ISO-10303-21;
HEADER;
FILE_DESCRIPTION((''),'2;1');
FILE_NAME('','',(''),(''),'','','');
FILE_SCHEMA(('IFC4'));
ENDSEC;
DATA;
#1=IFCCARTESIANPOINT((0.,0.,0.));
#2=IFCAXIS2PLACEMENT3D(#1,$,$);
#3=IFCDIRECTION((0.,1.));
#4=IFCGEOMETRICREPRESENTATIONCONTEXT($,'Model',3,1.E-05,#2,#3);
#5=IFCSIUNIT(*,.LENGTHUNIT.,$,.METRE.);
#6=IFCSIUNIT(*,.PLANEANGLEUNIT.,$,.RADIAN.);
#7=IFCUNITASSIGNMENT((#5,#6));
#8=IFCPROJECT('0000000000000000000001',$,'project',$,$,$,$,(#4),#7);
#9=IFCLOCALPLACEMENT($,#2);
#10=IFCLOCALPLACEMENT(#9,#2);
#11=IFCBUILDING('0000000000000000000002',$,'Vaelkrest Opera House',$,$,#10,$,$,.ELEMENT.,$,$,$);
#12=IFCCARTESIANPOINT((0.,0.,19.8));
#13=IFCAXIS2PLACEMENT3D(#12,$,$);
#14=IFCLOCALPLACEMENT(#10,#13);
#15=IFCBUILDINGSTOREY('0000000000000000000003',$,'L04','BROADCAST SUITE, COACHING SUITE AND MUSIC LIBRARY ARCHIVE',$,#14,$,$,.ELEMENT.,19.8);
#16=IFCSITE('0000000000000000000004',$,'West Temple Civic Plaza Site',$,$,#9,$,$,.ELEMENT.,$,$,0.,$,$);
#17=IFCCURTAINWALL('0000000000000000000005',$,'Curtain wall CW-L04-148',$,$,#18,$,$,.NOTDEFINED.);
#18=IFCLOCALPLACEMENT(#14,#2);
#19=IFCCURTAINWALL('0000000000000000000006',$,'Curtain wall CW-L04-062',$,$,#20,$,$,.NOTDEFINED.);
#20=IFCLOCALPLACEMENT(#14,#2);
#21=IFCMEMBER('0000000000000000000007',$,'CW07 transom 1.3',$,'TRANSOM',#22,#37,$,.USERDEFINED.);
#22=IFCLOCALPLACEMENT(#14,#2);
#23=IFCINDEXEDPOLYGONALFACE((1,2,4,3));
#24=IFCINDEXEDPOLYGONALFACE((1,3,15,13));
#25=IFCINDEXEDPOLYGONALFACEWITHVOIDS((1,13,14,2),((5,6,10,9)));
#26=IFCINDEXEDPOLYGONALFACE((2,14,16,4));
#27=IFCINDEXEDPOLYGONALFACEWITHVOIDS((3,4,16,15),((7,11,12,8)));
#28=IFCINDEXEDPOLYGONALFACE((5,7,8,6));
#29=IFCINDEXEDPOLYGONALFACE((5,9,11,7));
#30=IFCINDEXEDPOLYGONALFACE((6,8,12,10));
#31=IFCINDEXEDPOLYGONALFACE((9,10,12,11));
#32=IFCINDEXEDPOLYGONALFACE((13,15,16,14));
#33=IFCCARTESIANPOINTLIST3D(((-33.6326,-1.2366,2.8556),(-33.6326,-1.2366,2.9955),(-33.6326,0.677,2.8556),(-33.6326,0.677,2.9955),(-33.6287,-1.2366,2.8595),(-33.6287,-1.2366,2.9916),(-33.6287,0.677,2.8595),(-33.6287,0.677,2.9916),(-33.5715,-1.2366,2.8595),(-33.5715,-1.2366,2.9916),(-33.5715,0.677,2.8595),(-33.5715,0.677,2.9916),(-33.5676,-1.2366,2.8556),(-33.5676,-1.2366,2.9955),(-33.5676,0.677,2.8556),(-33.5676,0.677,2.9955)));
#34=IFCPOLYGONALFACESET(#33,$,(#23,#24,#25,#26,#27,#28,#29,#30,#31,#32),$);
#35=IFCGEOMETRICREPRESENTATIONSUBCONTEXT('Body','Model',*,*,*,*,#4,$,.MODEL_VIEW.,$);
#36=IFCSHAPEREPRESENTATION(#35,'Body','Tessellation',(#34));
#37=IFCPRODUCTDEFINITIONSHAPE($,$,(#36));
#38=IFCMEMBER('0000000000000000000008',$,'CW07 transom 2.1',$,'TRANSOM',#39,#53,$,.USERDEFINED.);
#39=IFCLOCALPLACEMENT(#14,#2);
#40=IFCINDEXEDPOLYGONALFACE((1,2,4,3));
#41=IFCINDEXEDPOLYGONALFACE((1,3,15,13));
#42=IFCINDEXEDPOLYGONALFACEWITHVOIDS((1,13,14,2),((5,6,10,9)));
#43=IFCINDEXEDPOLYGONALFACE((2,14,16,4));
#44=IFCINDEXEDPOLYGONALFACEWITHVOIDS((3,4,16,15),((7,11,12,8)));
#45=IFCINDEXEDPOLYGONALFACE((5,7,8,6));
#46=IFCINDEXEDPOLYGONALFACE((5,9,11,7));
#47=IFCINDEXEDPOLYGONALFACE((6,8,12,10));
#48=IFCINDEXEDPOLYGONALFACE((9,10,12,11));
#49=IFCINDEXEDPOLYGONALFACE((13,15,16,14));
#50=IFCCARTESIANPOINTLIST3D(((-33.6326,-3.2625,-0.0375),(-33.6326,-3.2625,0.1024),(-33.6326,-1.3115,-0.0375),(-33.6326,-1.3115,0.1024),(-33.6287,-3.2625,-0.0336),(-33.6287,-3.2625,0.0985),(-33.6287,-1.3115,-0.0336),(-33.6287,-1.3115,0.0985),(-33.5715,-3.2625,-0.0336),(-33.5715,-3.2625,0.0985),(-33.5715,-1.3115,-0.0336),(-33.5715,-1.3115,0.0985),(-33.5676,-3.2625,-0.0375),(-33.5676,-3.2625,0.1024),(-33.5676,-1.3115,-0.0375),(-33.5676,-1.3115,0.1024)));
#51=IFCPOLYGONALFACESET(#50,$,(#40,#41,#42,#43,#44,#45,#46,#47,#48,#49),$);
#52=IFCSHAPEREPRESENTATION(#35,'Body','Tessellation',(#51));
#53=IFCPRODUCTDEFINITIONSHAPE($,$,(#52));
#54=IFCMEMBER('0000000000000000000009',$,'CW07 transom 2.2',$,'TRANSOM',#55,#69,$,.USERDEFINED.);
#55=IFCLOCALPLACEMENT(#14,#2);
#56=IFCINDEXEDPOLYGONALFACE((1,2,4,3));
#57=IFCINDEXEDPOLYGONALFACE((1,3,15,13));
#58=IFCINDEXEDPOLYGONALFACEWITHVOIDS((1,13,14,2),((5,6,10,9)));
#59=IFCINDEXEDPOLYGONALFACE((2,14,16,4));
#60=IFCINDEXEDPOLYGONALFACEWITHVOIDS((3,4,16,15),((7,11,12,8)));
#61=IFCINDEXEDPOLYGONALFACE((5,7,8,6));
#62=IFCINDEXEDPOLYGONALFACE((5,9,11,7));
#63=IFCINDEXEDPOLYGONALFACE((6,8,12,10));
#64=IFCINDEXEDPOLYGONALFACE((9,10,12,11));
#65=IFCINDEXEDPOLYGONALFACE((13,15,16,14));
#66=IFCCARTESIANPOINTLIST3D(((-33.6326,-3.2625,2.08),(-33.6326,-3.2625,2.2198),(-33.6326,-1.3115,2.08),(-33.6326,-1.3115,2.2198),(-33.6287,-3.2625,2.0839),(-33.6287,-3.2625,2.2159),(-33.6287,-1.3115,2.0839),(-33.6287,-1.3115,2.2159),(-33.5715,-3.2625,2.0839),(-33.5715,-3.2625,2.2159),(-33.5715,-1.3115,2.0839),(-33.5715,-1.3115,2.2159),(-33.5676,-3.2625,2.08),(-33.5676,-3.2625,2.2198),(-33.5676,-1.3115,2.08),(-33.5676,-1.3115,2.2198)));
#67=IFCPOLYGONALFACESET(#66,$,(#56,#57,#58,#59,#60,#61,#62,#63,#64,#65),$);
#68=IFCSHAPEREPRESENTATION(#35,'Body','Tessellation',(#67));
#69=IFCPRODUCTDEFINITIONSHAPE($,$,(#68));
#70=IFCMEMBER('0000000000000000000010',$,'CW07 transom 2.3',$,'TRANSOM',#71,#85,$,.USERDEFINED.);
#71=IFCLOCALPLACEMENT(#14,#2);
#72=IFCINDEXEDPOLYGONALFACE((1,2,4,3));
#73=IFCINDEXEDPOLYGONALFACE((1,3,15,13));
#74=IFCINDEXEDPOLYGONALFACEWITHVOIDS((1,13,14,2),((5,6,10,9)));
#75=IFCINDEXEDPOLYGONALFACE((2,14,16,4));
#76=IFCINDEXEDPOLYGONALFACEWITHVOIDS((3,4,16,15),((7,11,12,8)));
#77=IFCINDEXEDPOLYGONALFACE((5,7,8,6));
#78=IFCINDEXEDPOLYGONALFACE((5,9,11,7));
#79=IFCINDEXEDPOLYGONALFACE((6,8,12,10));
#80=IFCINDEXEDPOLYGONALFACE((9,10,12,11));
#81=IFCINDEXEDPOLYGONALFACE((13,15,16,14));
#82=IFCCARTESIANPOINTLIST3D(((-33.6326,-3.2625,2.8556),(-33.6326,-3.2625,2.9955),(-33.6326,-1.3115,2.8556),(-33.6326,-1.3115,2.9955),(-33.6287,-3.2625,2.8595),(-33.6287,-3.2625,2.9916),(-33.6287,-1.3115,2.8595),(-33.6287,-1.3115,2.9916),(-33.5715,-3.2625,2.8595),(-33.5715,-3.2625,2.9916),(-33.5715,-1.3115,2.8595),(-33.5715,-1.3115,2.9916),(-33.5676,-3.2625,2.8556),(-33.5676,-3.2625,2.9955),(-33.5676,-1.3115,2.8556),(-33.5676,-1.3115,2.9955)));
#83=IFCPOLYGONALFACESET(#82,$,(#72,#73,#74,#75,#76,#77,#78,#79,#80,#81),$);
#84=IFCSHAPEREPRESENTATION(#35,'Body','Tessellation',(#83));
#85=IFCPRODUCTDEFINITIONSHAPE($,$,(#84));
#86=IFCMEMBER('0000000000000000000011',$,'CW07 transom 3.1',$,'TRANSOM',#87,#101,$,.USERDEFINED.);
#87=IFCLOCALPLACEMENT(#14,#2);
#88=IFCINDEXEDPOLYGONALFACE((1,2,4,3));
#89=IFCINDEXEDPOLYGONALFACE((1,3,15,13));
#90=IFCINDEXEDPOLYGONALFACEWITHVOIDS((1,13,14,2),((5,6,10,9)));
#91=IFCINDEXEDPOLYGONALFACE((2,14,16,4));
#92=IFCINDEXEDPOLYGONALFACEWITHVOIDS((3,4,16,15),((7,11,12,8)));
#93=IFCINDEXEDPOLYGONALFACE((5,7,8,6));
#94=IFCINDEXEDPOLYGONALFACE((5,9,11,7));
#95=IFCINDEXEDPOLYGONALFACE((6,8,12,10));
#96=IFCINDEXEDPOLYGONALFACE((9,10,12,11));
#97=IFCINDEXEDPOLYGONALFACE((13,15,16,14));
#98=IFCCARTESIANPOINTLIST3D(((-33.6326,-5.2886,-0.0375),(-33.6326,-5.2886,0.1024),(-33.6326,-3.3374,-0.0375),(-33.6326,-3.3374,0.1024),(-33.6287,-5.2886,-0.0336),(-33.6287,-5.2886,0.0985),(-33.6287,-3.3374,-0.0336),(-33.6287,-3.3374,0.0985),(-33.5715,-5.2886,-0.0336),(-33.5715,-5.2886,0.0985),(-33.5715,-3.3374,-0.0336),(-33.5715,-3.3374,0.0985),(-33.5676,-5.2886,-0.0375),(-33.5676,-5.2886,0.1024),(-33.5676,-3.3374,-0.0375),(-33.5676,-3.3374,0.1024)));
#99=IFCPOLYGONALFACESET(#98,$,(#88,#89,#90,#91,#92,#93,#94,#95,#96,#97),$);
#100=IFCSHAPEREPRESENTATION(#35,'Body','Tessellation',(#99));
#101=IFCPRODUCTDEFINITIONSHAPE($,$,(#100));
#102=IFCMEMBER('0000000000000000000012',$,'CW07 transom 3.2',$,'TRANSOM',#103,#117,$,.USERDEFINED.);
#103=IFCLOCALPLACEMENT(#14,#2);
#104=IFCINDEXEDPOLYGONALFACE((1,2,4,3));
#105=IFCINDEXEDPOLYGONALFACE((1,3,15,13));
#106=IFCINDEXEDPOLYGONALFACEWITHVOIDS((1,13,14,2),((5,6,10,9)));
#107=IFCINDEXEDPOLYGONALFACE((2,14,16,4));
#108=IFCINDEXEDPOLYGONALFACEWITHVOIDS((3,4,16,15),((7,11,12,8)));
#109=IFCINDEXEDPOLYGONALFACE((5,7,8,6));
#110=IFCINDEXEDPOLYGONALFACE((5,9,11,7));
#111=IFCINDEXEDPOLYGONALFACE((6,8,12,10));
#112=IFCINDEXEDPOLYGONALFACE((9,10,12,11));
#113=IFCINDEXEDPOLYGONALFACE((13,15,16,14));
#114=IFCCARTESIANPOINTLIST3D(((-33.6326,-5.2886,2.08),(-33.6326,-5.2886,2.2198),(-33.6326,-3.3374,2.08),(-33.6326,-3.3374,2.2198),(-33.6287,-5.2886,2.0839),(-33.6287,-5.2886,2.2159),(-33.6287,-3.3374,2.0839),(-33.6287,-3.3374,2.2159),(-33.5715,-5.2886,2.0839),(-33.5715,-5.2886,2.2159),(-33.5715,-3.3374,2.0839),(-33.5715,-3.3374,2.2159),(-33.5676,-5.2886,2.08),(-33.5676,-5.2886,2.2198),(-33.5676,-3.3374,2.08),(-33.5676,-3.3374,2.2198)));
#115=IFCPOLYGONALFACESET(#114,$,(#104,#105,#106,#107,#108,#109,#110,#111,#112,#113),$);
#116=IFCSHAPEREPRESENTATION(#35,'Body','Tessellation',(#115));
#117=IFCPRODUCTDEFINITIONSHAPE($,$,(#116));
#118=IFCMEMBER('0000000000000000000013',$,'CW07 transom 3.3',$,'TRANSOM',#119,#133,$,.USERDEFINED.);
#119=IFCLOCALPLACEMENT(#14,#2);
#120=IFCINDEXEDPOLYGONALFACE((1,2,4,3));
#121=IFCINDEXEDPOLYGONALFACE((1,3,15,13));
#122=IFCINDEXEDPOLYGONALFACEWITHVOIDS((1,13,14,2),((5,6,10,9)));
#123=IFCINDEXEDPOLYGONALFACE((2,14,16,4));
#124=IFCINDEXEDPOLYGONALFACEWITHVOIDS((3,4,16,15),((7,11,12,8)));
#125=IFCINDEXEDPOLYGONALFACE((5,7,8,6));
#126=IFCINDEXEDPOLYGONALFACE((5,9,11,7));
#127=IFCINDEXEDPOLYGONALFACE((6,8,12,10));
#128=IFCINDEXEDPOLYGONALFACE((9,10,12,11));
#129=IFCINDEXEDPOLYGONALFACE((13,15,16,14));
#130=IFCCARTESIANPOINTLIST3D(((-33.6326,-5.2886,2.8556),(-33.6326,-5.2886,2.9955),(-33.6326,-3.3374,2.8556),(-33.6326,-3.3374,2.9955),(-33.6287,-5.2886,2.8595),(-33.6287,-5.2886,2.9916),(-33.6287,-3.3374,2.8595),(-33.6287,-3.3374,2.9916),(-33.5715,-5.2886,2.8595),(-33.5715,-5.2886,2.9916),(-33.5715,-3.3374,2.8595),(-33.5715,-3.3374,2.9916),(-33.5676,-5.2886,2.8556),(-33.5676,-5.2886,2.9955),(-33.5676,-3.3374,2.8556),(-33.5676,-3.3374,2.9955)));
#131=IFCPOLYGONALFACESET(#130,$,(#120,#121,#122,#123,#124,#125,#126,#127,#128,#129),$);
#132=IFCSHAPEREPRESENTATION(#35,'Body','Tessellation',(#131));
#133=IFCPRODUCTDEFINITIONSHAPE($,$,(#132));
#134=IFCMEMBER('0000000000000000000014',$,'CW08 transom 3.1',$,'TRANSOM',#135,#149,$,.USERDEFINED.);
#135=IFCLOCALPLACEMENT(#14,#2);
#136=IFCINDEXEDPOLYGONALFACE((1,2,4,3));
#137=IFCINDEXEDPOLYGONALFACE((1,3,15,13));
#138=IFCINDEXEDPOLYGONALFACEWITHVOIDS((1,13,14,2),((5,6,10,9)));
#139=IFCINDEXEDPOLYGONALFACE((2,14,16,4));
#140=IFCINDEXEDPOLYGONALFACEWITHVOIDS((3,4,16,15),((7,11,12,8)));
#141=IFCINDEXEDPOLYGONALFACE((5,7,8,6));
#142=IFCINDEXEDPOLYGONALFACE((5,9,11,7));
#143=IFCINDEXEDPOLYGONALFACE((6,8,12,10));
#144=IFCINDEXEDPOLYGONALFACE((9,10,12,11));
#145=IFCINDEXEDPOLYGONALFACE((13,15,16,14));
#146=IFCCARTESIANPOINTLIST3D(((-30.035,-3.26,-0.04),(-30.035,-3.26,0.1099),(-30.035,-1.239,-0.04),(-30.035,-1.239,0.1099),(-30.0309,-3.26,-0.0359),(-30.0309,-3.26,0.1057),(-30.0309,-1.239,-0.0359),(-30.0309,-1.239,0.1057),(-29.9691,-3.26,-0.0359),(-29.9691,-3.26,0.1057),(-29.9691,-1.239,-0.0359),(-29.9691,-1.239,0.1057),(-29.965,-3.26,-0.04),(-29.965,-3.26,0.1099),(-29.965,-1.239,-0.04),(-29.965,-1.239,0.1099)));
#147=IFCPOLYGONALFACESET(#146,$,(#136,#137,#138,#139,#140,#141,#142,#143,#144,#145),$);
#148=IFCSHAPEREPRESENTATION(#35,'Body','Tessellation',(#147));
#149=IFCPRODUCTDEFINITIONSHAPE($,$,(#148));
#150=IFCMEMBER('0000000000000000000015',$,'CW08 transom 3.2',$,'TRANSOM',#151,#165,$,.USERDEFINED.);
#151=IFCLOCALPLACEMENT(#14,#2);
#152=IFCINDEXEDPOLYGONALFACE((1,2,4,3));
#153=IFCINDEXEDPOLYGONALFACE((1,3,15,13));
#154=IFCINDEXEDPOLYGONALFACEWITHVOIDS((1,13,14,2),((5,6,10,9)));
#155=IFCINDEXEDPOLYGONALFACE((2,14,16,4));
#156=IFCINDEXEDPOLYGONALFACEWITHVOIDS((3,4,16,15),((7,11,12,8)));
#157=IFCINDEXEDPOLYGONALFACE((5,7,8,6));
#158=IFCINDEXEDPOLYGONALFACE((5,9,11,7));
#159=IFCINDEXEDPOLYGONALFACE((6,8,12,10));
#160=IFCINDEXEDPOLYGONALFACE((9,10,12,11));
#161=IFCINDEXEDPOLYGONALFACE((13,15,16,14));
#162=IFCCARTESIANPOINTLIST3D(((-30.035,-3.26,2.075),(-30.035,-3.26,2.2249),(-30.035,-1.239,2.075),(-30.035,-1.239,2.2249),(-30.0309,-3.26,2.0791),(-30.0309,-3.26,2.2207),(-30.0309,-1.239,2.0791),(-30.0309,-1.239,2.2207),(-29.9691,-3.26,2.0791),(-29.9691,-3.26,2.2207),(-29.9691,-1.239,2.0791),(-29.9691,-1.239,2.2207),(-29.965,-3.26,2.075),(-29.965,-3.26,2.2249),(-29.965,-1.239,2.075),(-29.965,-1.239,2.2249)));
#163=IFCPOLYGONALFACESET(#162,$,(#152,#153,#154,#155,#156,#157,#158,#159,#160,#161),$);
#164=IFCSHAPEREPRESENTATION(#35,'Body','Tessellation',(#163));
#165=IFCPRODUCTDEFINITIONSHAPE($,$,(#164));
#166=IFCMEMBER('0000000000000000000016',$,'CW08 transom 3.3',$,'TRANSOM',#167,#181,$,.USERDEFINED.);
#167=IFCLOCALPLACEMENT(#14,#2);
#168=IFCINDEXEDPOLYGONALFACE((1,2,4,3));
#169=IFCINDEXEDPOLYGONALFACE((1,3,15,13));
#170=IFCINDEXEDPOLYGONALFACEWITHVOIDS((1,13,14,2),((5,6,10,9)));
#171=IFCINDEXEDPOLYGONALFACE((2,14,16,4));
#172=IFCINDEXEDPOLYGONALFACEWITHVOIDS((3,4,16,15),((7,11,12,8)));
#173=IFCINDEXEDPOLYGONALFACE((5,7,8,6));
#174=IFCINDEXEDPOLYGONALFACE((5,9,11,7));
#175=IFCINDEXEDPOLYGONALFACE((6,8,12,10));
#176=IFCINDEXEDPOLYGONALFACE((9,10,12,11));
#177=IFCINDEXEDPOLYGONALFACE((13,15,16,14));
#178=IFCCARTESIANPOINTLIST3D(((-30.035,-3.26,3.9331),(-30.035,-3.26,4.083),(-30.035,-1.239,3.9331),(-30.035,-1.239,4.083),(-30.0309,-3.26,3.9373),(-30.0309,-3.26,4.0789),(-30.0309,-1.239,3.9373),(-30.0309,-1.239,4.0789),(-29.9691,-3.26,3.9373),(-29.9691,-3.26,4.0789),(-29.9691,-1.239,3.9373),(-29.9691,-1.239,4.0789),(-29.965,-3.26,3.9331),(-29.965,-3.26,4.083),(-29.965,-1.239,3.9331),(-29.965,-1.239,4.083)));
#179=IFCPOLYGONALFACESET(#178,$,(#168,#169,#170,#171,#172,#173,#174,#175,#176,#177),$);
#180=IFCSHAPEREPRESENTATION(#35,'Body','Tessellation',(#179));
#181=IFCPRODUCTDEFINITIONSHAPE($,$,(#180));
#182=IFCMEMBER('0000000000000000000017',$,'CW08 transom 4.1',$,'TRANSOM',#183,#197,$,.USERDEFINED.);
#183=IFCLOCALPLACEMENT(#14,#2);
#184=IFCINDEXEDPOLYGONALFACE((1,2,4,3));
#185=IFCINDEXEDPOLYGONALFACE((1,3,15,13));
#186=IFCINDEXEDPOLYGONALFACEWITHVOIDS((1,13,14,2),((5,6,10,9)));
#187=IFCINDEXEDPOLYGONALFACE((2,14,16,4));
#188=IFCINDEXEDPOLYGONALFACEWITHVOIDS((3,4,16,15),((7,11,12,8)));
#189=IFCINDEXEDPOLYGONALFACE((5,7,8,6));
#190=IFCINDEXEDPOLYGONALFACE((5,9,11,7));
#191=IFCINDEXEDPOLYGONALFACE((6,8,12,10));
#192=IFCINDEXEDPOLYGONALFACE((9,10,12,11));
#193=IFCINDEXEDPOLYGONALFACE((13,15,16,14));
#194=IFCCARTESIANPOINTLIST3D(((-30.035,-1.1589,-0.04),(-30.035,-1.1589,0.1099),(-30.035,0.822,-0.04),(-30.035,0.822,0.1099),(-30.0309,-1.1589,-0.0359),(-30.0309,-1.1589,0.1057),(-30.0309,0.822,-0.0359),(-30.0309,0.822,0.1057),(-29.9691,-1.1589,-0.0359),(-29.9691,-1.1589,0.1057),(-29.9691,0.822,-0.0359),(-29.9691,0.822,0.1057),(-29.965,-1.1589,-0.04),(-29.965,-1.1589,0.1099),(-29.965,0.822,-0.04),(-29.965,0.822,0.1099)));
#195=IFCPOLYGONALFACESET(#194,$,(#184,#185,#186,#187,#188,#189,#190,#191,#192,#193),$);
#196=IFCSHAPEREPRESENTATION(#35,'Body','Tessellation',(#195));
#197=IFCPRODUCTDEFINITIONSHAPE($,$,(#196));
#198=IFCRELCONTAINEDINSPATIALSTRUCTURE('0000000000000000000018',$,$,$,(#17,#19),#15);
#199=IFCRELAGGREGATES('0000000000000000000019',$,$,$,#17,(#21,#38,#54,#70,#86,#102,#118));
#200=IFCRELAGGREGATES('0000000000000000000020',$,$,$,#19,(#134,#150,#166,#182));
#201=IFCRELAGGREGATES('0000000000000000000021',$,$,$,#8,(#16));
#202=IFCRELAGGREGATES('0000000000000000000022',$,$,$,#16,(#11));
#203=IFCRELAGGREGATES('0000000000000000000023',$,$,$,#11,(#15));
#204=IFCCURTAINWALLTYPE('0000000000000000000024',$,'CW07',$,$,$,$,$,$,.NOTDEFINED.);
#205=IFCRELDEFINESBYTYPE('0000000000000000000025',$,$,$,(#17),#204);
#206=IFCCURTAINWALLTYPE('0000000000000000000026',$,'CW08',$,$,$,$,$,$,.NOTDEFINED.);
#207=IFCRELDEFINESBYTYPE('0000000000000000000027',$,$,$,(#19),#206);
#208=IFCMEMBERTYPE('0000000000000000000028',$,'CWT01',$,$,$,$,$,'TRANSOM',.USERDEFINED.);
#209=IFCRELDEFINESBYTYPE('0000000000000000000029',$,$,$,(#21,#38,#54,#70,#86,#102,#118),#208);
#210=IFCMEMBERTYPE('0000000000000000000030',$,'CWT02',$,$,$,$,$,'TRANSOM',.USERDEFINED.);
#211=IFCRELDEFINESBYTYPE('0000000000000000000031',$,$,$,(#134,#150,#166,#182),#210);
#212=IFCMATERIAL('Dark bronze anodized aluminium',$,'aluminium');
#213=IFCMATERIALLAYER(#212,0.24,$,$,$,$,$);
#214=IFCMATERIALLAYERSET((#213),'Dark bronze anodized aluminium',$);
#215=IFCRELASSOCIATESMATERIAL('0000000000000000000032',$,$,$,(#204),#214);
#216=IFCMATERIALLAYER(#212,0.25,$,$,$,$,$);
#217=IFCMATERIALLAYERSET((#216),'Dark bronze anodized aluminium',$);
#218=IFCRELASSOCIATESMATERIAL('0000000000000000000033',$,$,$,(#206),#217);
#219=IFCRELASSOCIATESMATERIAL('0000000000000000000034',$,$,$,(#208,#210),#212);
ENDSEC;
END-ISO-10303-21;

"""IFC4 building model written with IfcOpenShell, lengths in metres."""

from ifc_helpers import new_model, si_unit, direction, frame, origin, origin_2d, place, context, subcontext, project, spatial, hollow_rectangle, extrude, material, layer, layer_set, material_profile, profile_set, type_object, element, aggregate, save


model = new_model("IFC4")

# Units and contexts
model_context = context("Model", 3, precision=1e-05, world=origin(), true_north=direction((0.0, 1.0)))
body_context = subcontext(model_context, "Body", "Model", "MODEL_VIEW")
ifc_project = project(units=[si_unit("LENGTHUNIT", "METRE"), si_unit("PLANEANGLEUNIT", "RADIAN")], contexts=[model_context])

# Site, building, storey
site_placement = place(None, origin())
site = spatial("IfcSite", under=ifc_project, at=site_placement, Name="West Temple Civic Plaza Site", CompositionType="ELEMENT", RefElevation=0.0)
building_placement = place(site_placement, origin())
building = spatial("IfcBuilding", under=site, at=building_placement, Name="Vaelkrest Opera House", CompositionType="ELEMENT")
storey_placement = place(building_placement, frame((0.0, 0.0, 19.8)))
storey = spatial("IfcBuildingStorey", under=building, at=storey_placement, Name="L04", Description="BROADCAST SUITE, COACHING SUITE AND MUSIC LIBRARY ARCHIVE", CompositionType="ELEMENT", Elevation=19.8)

# Curtain walls
ifc_material_1 = material(Name="Dark bronze anodized aluminium", Category="aluminium")
ifc_layer_1 = layer(ifc_material_1, 0.24)
ifc_layer_set_1 = layer_set([ifc_layer_1], Name="Dark bronze anodized aluminium")
curtain_wall_type_1 = type_object("IfcCurtainWallType", Name="CW07", PredefinedType="NOTDEFINED", material=ifc_layer_set_1)
curtain_wall_1_placement = place(storey_placement, origin())
curtain_wall_1 = element("IfcCurtainWall", 1, at=curtain_wall_1_placement, inside=storey, type_object=curtain_wall_type_1, Name="Curtain wall CW-L04-148", PredefinedType="NOTDEFINED")
ifc_layer_2 = layer(ifc_material_1, 0.25)
ifc_layer_set_2 = layer_set([ifc_layer_2], Name="Dark bronze anodized aluminium")
curtain_wall_type_2 = type_object("IfcCurtainWallType", Name="CW08", PredefinedType="NOTDEFINED", material=ifc_layer_set_2)
curtain_wall_2_placement = place(storey_placement, origin())
curtain_wall_2 = element("IfcCurtainWall", 2, at=curtain_wall_2_placement, inside=storey, type_object=curtain_wall_type_2, Name="Curtain wall CW-L04-062", PredefinedType="NOTDEFINED")

# Members
ifc_material_profile_1 = material_profile(ifc_material_1, hollow_rectangle(XDim=0.0649, YDim=0.1399, WallThickness=0.0039, at=origin_2d()), Name="CWT65X140")
ifc_profile_set_1 = profile_set([ifc_material_profile_1], Name="Dark bronze anodized aluminium")
member_type_1 = type_object("IfcMemberType", Name="CWT01", ElementType="TRANSOM", PredefinedType="USERDEFINED", material=ifc_profile_set_1)
member_1_placement = place(storey_placement, frame((-33.6001, 0.677, 2.9255), z_axis=(0.0, -1.0, 0.0), x_axis=(1.0, 0.0, 0.0)))
member_1 = element("IfcMember", 3, at=member_1_placement, type_object=member_type_1, Name="CW07 transom 1.3", ObjectType="TRANSOM", PredefinedType="USERDEFINED", context=body_context, shape_type="SweptSolid", body=[
    extrude(hollow_rectangle(XDim=0.0649, YDim=0.1399, WallThickness=0.0039, at=origin_2d()), origin(), (0.0, 0.0, 1.0), 1.9136),
])
member_2_placement = place(storey_placement, frame((-33.6001, -1.3115, 0.0325), z_axis=(0.0, -1.0, 0.0), x_axis=(1.0, 0.0, 0.0)))
member_2 = element("IfcMember", 4, at=member_2_placement, type_object=member_type_1, Name="CW07 transom 2.1", ObjectType="TRANSOM", PredefinedType="USERDEFINED", context=body_context, shape_type="SweptSolid", body=[
    extrude(hollow_rectangle(XDim=0.0649, YDim=0.1399, WallThickness=0.0039, at=origin_2d()), origin(), (0.0, 0.0, 1.0), 1.9509),
])
member_3_placement = place(storey_placement, frame((-33.6001, -1.3115, 2.1499), z_axis=(0.0, -1.0, 0.0), x_axis=(1.0, 0.0, 0.0)))
member_3 = element("IfcMember", 5, at=member_3_placement, type_object=member_type_1, Name="CW07 transom 2.2", ObjectType="TRANSOM", PredefinedType="USERDEFINED", context=body_context, shape_type="SweptSolid", body=[
    extrude(hollow_rectangle(XDim=0.0649, YDim=0.1399, WallThickness=0.0039, at=origin_2d()), origin(), (0.0, 0.0, 1.0), 1.9509),
])
member_4_placement = place(storey_placement, frame((-33.6001, -1.3115, 2.9255), z_axis=(0.0, -1.0, 0.0), x_axis=(1.0, 0.0, 0.0)))
member_4 = element("IfcMember", 6, at=member_4_placement, type_object=member_type_1, Name="CW07 transom 2.3", ObjectType="TRANSOM", PredefinedType="USERDEFINED", context=body_context, shape_type="SweptSolid", body=[
    extrude(hollow_rectangle(XDim=0.0649, YDim=0.1399, WallThickness=0.0039, at=origin_2d()), origin(), (0.0, 0.0, 1.0), 1.9509),
])
member_5_placement = place(storey_placement, frame((-33.6001, -3.3374, 0.0325), z_axis=(0.0, -1.0, 0.0), x_axis=(1.0, 0.0, 0.0)))
member_5 = element("IfcMember", 7, at=member_5_placement, type_object=member_type_1, Name="CW07 transom 3.1", ObjectType="TRANSOM", PredefinedType="USERDEFINED", context=body_context, shape_type="SweptSolid", body=[
    extrude(hollow_rectangle(XDim=0.0649, YDim=0.1399, WallThickness=0.0039, at=origin_2d()), origin(), (0.0, 0.0, 1.0), 1.9512),
])
member_6_placement = place(storey_placement, frame((-33.6001, -3.3374, 2.1499), z_axis=(0.0, -1.0, 0.0), x_axis=(1.0, 0.0, 0.0)))
member_6 = element("IfcMember", 8, at=member_6_placement, type_object=member_type_1, Name="CW07 transom 3.2", ObjectType="TRANSOM", PredefinedType="USERDEFINED", context=body_context, shape_type="SweptSolid", body=[
    extrude(hollow_rectangle(XDim=0.0649, YDim=0.1399, WallThickness=0.0039, at=origin_2d()), origin(), (0.0, 0.0, 1.0), 1.9512),
])
member_7_placement = place(storey_placement, frame((-33.6001, -3.3374, 2.9255), z_axis=(0.0, -1.0, 0.0), x_axis=(1.0, 0.0, 0.0)))
member_7 = element("IfcMember", 9, at=member_7_placement, type_object=member_type_1, Name="CW07 transom 3.3", ObjectType="TRANSOM", PredefinedType="USERDEFINED", context=body_context, shape_type="SweptSolid", body=[
    extrude(hollow_rectangle(XDim=0.0649, YDim=0.1399, WallThickness=0.0039, at=origin_2d()), origin(), (0.0, 0.0, 1.0), 1.9512),
])
ifc_material_profile_2 = material_profile(ifc_material_1, hollow_rectangle(XDim=0.0701, YDim=0.1499, WallThickness=0.0042, at=origin_2d()), Name="CWT70X150")
ifc_profile_set_2 = profile_set([ifc_material_profile_2], Name="Dark bronze anodized aluminium")
member_type_2 = type_object("IfcMemberType", Name="CWT02", ElementType="TRANSOM", PredefinedType="USERDEFINED", material=ifc_profile_set_2)
member_8_placement = place(storey_placement, frame((-30.0, -3.26, 0.0349), z_axis=(0.0, 1.0, 0.0), x_axis=(-1.0, 0.0, 0.0)))
member_8 = element("IfcMember", 10, at=member_8_placement, type_object=member_type_2, Name="CW08 transom 3.1", ObjectType="TRANSOM", PredefinedType="USERDEFINED", context=body_context, shape_type="SweptSolid", body=[
    extrude(hollow_rectangle(XDim=0.0701, YDim=0.1499, WallThickness=0.0042, at=origin_2d()), origin(), (0.0, 0.0, 1.0), 2.021),
])
member_9_placement = place(storey_placement, frame((-30.0, -3.26, 2.1499), z_axis=(0.0, 1.0, 0.0), x_axis=(-1.0, 0.0, 0.0)))
member_9 = element("IfcMember", 11, at=member_9_placement, type_object=member_type_2, Name="CW08 transom 3.2", ObjectType="TRANSOM", PredefinedType="USERDEFINED", context=body_context, shape_type="SweptSolid", body=[
    extrude(hollow_rectangle(XDim=0.0701, YDim=0.1499, WallThickness=0.0042, at=origin_2d()), origin(), (0.0, 0.0, 1.0), 2.021),
])
member_10_placement = place(storey_placement, frame((-30.0, -3.26, 4.0081), z_axis=(0.0, 1.0, 0.0), x_axis=(-1.0, 0.0, 0.0)))
member_10 = element("IfcMember", 12, at=member_10_placement, type_object=member_type_2, Name="CW08 transom 3.3", ObjectType="TRANSOM", PredefinedType="USERDEFINED", context=body_context, shape_type="SweptSolid", body=[
    extrude(hollow_rectangle(XDim=0.0701, YDim=0.1499, WallThickness=0.0042, at=origin_2d()), origin(), (0.0, 0.0, 1.0), 2.021),
])
member_11_placement = place(storey_placement, frame((-30.0, -1.1589, 0.0349), z_axis=(0.0, 1.0, 0.0), x_axis=(-1.0, 0.0, 0.0)))
member_11 = element("IfcMember", 13, at=member_11_placement, type_object=member_type_2, Name="CW08 transom 4.1", ObjectType="TRANSOM", PredefinedType="USERDEFINED", context=body_context, shape_type="SweptSolid", body=[
    extrude(hollow_rectangle(XDim=0.0701, YDim=0.1499, WallThickness=0.0042, at=origin_2d()), origin(), (0.0, 0.0, 1.0), 1.981),
])

aggregate(curtain_wall_1, [member_1, member_2, member_3, member_4, member_5, member_6, member_7])
aggregate(curtain_wall_2, [member_8, member_9, member_10, member_11])

save(model, "model.ifc")
